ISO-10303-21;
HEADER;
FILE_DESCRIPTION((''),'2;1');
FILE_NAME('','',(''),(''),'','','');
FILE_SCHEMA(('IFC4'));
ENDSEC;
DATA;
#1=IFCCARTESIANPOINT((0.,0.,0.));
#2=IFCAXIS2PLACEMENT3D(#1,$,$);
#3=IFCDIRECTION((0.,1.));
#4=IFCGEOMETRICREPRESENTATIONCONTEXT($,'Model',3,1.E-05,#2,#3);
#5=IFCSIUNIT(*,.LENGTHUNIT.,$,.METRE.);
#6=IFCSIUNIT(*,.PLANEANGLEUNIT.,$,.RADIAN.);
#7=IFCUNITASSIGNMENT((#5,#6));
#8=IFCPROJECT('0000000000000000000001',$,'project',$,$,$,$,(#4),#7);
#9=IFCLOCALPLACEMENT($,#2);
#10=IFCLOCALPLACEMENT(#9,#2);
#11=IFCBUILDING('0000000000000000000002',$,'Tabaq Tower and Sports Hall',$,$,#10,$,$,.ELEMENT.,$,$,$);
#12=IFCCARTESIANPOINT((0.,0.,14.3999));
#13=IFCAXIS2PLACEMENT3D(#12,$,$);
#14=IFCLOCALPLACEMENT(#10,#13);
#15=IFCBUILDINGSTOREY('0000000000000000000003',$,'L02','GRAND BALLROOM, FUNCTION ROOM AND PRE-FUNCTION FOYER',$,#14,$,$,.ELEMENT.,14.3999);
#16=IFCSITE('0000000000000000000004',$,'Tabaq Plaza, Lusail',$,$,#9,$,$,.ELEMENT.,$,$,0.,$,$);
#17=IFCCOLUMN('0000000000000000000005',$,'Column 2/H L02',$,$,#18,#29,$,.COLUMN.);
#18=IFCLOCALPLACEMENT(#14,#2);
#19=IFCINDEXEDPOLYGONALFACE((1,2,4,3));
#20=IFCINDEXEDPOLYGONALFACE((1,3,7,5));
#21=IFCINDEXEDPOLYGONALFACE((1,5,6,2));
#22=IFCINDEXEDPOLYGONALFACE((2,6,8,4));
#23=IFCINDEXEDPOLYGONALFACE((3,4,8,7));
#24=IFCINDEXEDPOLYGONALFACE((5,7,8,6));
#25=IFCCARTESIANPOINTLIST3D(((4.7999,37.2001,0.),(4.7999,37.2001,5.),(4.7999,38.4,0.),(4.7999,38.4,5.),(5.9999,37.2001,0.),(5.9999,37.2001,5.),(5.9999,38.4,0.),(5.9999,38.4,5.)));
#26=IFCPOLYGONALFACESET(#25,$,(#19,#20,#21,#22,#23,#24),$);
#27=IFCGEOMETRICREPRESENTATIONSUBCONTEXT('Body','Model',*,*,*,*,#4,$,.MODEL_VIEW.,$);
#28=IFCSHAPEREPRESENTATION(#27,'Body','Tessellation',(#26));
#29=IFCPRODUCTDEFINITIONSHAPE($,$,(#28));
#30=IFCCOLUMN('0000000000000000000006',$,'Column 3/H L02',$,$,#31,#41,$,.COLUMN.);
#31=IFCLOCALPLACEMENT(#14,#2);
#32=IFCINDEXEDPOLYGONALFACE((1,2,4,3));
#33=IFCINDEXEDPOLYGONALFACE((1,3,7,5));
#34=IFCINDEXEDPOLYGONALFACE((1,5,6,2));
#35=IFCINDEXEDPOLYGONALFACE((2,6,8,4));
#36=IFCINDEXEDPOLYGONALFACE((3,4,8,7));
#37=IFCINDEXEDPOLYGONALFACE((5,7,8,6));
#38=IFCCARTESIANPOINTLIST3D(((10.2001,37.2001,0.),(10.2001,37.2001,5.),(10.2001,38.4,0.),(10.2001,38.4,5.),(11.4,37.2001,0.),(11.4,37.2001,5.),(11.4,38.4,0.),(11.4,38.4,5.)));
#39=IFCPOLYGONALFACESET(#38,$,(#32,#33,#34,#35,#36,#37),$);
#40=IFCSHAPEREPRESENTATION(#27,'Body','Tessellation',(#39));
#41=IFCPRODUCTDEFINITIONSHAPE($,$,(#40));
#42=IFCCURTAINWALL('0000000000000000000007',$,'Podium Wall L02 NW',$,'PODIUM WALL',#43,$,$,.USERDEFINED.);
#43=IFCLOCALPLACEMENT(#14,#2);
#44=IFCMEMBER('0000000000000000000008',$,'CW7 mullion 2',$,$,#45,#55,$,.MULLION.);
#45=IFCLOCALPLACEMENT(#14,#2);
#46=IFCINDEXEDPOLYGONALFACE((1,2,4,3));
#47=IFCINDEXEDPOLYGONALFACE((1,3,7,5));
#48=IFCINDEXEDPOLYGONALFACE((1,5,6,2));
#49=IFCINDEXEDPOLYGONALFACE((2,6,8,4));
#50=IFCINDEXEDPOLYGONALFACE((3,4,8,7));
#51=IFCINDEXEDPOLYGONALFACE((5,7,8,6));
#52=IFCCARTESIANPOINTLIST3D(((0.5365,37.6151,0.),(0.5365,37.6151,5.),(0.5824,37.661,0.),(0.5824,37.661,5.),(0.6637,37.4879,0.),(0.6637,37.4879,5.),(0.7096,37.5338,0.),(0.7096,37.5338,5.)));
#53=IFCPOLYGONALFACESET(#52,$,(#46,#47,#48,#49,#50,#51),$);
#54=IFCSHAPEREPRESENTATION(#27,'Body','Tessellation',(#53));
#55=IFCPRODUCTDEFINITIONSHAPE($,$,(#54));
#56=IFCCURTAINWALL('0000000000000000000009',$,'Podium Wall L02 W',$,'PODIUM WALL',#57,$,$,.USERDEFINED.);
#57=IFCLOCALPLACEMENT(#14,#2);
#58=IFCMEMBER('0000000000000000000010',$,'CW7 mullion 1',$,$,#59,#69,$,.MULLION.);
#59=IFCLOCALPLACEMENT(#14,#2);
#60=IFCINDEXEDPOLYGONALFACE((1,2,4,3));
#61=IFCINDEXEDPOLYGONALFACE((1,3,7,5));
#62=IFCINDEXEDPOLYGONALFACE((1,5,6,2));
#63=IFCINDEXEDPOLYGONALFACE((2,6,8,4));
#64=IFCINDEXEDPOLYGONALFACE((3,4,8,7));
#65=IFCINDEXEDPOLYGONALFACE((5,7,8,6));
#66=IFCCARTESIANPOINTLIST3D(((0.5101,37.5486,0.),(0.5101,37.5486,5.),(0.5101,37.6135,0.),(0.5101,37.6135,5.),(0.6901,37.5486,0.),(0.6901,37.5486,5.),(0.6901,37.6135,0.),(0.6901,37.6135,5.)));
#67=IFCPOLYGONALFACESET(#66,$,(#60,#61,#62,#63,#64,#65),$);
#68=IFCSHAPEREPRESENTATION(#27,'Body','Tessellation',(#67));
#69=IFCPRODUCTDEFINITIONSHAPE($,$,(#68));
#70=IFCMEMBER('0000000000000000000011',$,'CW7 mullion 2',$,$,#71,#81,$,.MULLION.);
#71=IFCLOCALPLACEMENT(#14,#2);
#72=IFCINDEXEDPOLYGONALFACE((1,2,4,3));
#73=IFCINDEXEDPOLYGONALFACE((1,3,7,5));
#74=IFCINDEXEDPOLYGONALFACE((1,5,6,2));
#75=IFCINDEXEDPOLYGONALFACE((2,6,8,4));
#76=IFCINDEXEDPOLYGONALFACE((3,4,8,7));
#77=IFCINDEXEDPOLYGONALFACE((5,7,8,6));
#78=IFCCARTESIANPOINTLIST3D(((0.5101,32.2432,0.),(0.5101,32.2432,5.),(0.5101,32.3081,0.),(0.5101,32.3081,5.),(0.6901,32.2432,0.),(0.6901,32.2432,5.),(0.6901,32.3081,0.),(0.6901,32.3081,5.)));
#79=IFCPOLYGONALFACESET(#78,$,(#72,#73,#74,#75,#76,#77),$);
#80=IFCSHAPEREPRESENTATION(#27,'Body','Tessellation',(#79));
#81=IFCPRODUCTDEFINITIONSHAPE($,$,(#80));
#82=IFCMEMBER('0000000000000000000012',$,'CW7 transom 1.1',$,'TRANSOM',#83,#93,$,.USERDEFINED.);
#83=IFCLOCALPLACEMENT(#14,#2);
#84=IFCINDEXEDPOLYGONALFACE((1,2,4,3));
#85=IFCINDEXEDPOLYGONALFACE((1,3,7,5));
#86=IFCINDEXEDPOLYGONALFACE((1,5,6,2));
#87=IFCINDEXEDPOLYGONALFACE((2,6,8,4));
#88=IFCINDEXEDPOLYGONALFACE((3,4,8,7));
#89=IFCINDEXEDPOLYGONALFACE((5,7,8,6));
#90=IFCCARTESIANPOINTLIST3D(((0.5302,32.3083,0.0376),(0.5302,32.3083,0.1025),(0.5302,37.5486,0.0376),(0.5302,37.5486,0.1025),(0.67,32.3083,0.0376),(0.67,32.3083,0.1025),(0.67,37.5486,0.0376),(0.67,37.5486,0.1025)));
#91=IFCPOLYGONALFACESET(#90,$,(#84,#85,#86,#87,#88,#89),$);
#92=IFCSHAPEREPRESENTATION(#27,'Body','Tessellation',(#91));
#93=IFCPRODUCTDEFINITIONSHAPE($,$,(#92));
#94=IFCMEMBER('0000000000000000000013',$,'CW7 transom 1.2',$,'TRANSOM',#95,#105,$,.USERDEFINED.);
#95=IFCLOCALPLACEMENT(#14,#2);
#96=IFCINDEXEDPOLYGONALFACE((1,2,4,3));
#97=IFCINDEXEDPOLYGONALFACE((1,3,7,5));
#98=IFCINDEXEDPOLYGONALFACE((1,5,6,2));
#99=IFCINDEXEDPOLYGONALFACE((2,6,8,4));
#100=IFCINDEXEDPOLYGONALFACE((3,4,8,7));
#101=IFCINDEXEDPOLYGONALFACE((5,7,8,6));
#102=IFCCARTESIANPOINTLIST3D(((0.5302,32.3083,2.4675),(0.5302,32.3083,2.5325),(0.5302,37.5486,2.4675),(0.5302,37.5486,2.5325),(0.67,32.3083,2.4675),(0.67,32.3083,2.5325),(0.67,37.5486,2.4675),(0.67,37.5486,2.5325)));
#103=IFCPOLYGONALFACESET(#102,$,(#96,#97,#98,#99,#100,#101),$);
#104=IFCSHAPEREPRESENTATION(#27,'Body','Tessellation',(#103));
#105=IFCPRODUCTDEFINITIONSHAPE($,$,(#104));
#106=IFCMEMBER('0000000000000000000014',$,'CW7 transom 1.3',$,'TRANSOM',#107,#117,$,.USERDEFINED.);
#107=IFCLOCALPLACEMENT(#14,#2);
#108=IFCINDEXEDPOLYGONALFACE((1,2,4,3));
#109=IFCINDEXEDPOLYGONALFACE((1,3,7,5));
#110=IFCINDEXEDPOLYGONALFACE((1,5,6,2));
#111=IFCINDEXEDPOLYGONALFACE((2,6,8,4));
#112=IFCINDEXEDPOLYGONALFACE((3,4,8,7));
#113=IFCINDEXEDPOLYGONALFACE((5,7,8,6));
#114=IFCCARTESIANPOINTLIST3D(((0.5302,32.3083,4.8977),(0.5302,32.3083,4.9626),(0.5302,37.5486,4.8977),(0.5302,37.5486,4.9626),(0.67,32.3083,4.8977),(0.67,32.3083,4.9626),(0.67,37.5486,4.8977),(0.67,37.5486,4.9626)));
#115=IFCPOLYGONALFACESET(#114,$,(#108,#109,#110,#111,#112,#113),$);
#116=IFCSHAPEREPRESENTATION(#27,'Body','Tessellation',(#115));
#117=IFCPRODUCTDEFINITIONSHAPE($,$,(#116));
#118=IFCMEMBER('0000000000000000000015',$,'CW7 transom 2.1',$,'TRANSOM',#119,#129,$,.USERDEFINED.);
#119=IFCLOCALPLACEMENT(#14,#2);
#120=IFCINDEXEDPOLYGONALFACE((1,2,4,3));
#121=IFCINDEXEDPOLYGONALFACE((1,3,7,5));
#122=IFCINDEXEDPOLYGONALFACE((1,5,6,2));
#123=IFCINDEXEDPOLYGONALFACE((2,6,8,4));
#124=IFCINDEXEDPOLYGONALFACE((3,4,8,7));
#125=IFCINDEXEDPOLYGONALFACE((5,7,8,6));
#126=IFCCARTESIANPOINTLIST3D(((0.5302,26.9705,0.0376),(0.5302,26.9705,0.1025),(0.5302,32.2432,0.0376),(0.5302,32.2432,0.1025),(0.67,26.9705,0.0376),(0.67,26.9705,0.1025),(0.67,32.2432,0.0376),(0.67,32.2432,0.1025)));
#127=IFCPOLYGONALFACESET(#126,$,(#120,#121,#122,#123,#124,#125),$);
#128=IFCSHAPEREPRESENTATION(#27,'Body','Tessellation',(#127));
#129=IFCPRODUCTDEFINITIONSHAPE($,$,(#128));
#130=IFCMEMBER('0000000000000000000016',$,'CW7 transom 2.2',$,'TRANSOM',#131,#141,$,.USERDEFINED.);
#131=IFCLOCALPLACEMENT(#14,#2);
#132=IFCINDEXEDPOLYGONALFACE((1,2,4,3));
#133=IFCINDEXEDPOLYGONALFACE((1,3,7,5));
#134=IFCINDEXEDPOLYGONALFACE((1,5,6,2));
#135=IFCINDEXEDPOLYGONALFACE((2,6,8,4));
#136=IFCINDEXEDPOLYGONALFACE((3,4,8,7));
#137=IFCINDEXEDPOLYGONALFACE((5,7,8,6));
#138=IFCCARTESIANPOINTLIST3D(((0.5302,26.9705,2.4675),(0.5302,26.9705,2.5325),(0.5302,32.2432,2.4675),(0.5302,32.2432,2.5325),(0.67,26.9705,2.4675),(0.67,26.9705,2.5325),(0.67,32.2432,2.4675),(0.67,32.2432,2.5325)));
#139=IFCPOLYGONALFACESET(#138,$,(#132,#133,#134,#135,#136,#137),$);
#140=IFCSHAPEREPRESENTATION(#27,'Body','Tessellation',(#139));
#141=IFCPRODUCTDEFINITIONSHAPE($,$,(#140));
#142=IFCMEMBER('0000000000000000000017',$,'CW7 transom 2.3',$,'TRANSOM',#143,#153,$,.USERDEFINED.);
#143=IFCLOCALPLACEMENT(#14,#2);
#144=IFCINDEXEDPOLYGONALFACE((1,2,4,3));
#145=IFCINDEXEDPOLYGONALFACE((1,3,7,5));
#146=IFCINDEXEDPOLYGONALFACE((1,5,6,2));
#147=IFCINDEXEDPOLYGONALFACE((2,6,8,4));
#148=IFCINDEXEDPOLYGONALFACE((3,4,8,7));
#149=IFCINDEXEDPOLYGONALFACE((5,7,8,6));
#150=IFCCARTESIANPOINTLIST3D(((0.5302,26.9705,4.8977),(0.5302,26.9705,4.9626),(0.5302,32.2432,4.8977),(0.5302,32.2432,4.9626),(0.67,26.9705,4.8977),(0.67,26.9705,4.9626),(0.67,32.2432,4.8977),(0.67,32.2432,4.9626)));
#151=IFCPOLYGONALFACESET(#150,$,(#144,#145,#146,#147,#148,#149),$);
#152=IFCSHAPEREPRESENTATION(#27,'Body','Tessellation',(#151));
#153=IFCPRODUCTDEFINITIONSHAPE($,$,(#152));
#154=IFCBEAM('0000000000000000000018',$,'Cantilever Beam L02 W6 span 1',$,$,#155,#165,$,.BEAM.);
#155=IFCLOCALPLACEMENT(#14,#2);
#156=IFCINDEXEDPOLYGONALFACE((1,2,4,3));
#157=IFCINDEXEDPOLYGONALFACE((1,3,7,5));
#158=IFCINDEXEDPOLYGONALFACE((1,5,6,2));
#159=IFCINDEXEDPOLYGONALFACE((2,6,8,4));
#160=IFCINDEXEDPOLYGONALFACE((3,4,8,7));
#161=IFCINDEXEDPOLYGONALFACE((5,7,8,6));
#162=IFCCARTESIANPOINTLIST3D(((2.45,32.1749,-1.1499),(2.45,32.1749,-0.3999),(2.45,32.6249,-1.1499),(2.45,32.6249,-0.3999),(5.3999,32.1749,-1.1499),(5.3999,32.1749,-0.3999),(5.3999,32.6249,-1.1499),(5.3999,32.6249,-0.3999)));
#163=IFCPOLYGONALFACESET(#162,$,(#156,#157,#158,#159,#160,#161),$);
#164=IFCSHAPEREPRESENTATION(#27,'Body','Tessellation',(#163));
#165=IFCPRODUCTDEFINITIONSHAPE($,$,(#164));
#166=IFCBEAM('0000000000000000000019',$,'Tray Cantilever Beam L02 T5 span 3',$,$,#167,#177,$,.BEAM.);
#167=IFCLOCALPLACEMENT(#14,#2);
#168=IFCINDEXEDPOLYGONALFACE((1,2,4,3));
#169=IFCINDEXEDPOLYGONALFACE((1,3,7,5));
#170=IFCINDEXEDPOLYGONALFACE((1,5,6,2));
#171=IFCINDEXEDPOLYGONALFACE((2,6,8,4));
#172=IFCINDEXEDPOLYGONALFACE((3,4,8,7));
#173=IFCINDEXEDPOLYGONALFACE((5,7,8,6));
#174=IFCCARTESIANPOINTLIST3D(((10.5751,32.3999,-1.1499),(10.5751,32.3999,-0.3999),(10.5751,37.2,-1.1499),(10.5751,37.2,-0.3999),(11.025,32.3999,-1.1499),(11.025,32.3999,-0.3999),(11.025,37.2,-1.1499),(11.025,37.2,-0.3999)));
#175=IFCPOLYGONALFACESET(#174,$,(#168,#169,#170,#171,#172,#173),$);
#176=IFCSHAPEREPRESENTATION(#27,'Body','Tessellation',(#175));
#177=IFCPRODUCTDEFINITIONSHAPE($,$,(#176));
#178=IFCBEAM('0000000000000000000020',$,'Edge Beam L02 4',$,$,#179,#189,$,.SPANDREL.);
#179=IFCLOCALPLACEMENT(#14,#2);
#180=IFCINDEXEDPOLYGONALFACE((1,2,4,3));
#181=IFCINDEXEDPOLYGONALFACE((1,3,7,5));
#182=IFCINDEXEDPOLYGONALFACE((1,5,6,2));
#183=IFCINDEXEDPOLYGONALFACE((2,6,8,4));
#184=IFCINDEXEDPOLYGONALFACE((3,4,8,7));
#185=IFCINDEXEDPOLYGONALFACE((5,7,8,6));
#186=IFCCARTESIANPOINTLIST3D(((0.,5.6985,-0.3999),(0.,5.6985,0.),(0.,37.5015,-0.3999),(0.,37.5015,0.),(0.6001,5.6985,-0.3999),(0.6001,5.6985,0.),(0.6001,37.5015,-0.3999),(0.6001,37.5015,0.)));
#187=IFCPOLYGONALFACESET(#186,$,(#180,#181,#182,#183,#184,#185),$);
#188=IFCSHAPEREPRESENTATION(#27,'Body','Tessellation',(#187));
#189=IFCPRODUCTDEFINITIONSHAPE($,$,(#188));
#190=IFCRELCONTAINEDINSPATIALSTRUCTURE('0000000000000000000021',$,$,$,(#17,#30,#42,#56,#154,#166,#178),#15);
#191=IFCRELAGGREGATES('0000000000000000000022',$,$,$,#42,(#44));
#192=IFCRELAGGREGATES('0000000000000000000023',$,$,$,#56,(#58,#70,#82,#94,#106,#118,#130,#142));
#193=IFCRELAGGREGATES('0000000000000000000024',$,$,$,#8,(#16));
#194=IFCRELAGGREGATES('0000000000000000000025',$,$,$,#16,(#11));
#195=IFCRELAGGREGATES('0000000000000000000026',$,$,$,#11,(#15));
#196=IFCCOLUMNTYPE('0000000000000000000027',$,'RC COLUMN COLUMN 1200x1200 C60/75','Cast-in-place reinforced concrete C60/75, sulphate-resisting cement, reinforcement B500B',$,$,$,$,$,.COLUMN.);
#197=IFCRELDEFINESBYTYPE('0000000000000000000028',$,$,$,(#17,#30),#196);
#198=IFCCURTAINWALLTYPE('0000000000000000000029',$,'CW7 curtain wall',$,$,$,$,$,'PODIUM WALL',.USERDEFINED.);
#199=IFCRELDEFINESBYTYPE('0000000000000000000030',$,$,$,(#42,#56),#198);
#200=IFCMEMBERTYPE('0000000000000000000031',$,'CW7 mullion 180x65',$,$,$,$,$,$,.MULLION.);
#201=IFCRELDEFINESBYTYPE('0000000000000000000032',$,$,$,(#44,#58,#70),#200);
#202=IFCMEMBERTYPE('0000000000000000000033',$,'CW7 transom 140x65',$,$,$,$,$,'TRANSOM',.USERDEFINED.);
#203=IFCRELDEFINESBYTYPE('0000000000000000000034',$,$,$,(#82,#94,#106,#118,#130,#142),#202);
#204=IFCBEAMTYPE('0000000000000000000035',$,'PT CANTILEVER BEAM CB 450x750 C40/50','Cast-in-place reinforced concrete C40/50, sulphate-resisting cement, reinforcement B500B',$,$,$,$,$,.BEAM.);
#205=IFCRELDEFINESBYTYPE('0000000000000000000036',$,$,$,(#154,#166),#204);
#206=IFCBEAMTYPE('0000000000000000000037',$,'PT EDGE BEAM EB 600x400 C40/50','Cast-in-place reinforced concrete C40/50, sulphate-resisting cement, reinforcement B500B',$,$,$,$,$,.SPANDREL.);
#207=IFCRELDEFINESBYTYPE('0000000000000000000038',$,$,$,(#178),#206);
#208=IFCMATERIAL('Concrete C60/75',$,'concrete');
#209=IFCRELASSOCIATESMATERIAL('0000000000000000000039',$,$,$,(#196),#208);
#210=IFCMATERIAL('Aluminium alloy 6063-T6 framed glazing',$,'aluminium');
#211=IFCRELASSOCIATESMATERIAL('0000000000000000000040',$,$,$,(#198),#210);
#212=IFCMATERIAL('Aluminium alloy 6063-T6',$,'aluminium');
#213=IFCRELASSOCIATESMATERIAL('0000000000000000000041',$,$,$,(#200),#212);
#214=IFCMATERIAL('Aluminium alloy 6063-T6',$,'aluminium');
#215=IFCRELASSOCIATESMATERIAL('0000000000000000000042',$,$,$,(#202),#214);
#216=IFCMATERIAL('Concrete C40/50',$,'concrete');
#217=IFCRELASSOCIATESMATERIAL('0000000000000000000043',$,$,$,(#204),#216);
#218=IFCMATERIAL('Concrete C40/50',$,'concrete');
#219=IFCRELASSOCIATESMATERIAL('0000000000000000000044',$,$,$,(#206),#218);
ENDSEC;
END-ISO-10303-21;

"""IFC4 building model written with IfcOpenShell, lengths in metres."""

from ifc_helpers import new_model, si_unit, direction, frame, origin, origin_2d, place, context, subcontext, project, spatial, rectangle, extrude, material, material_profile, profile_set, type_object, element, aggregate, save


model = new_model("IFC4")

# Units and contexts
model_context = context("Model", 3, precision=1e-05, world=origin(), true_north=direction((0.0, 1.0)))
body_context = subcontext(model_context, "Body", "Model", "MODEL_VIEW")
ifc_project = project(units=[si_unit("LENGTHUNIT", "METRE"), si_unit("PLANEANGLEUNIT", "RADIAN")], contexts=[model_context])

# Site, building, storey
site_placement = place(None, origin())
site = spatial("IfcSite", under=ifc_project, at=site_placement, Name="Tabaq Plaza, Lusail", CompositionType="ELEMENT", RefElevation=0.0)
building_placement = place(site_placement, origin())
building = spatial("IfcBuilding", under=site, at=building_placement, Name="Tabaq Tower and Sports Hall", CompositionType="ELEMENT")
storey_placement = place(building_placement, frame((0.0, 0.0, 14.3999)))
storey = spatial("IfcBuildingStorey", under=building, at=storey_placement, Name="L02", Description="GRAND BALLROOM, FUNCTION ROOM AND PRE-FUNCTION FOYER", CompositionType="ELEMENT", Elevation=14.3999)

# Columns
ifc_material_1 = material(Name="Concrete C60/75", Category="concrete")
ifc_material_profile_1 = material_profile(ifc_material_1, rectangle(XDim=1.2, YDim=1.2, at=origin_2d()), Name="COLUMN 1200x1200")
ifc_profile_set_1 = profile_set([ifc_material_profile_1], Name="Concrete C60/75")
column_type = type_object("IfcColumnType", Name="RC COLUMN COLUMN 1200x1200 C60/75", Description="Cast-in-place reinforced concrete C60/75, sulphate-resisting cement, reinforcement B500B", PredefinedType="COLUMN", material=ifc_profile_set_1)
for number, where, z_axis, x_axis, name in (
    (1, (5.3999, 37.8, 0.0), (0.0, 0.0, 1.0), (1.0, 0.0, 0.0), "Column 2/H L02"),
    (2, (10.8, 37.8, 0.0), (0.0, 0.0, 1.0), (1.0, 0.0, 0.0), "Column 3/H L02"),
):
    element("IfcColumn", number, at=place(storey_placement, frame(where, z_axis=z_axis, x_axis=x_axis)), inside=storey, type_object=column_type, Name=name, PredefinedType="COLUMN", context=body_context, shape_type="SweptSolid", body=[
        extrude(rectangle(XDim=1.2, YDim=1.2, at=origin_2d()), origin(), (0.0, 0.0, 1.0), 5.0),
    ])

# Curtain wall, member
ifc_material_2 = material(Name="Aluminium alloy 6063-T6 framed glazing", Category="aluminium")
curtain_wall_type = type_object("IfcCurtainWallType", Name="CW7 curtain wall", ElementType="PODIUM WALL", PredefinedType="USERDEFINED", material=ifc_material_2)
curtain_wall_1_placement = place(storey_placement, origin())
curtain_wall_1 = element("IfcCurtainWall", 3, at=curtain_wall_1_placement, inside=storey, type_object=curtain_wall_type, Name="Podium Wall L02 NW", ObjectType="PODIUM WALL", PredefinedType="USERDEFINED")
ifc_material_3 = material(Name="Aluminium alloy 6063-T6", Category="aluminium")
ifc_material_profile_2 = material_profile(ifc_material_3, rectangle(XDim=0.1799, YDim=0.0649, at=origin_2d()), Name="MULLION 180x65")
ifc_profile_set_2 = profile_set([ifc_material_profile_2], Name="Aluminium alloy 6063-T6")
member_type_1 = type_object("IfcMemberType", Name="CW7 mullion 180x65", PredefinedType="MULLION", material=ifc_profile_set_2)
member_1_placement = place(storey_placement, frame((0.623, 37.5745, 0.0), z_axis=(0.0, 0.0, 1.0), x_axis=(0.707107, -0.707107, 0.0)))
member_1 = element("IfcMember", 4, at=member_1_placement, type_object=member_type_1, Name="CW7 mullion 2", PredefinedType="MULLION", context=body_context, shape_type="SweptSolid", body=[
    extrude(rectangle(XDim=0.1799, YDim=0.0649, at=origin_2d()), origin(), (0.0, 0.0, 1.0), 5.0),
])
aggregate(curtain_wall_1, [member_1])

# Curtain wall, members
curtain_wall_2_placement = place(storey_placement, origin())
curtain_wall_2 = element("IfcCurtainWall", 5, at=curtain_wall_2_placement, inside=storey, type_object=curtain_wall_type, Name="Podium Wall L02 W", ObjectType="PODIUM WALL", PredefinedType="USERDEFINED")
member_2_placement = place(storey_placement, frame((0.6001, 37.5811, 0.0), z_axis=(0.0, 0.0, 1.0), x_axis=(1.0, 0.0, 0.0)))
member_2 = element("IfcMember", 6, at=member_2_placement, type_object=member_type_1, Name="CW7 mullion 1", PredefinedType="MULLION", context=body_context, shape_type="SweptSolid", body=[
    extrude(rectangle(XDim=0.1799, YDim=0.0649, at=origin_2d()), origin(), (0.0, 0.0, 1.0), 5.0),
])
member_3_placement = place(storey_placement, frame((0.6001, 32.2756, 0.0), z_axis=(0.0, 0.0, 1.0), x_axis=(1.0, 0.0, 0.0)))
member_3 = element("IfcMember", 7, at=member_3_placement, type_object=member_type_1, Name="CW7 mullion 2", PredefinedType="MULLION", context=body_context, shape_type="SweptSolid", body=[
    extrude(rectangle(XDim=0.1799, YDim=0.0649, at=origin_2d()), origin(), (0.0, 0.0, 1.0), 5.0),
])
ifc_material_4 = material(Name="Aluminium alloy 6063-T6", Category="aluminium")
ifc_material_profile_3 = material_profile(ifc_material_4, rectangle(XDim=0.1399, YDim=0.0649, at=origin_2d()), Name="TRANSOM 140x65")
ifc_profile_set_3 = profile_set([ifc_material_profile_3], Name="Aluminium alloy 6063-T6")
member_type_2 = type_object("IfcMemberType", Name="CW7 transom 140x65", ElementType="TRANSOM", PredefinedType="USERDEFINED", material=ifc_profile_set_3)
member_4_placement = place(storey_placement, frame((0.6001, 37.5486, 0.0701), z_axis=(0.0, -1.0, 0.0), x_axis=(1.0, 0.0, 0.0)))
member_4 = element("IfcMember", 8, at=member_4_placement, type_object=member_type_2, Name="CW7 transom 1.1", ObjectType="TRANSOM", PredefinedType="USERDEFINED", context=body_context, shape_type="SweptSolid", body=[
    extrude(rectangle(XDim=0.1399, YDim=0.0649, at=origin_2d()), origin(), (0.0, 0.0, 1.0), 5.2402),
])
member_5_placement = place(storey_placement, frame((0.6001, 37.5486, 2.5), z_axis=(0.0, -1.0, 0.0), x_axis=(1.0, 0.0, 0.0)))
member_5 = element("IfcMember", 9, at=member_5_placement, type_object=member_type_2, Name="CW7 transom 1.2", ObjectType="TRANSOM", PredefinedType="USERDEFINED", context=body_context, shape_type="SweptSolid", body=[
    extrude(rectangle(XDim=0.1399, YDim=0.0649, at=origin_2d()), origin(), (0.0, 0.0, 1.0), 5.2402),
])
member_6_placement = place(storey_placement, frame((0.6001, 37.5486, 4.9302), z_axis=(0.0, -1.0, 0.0), x_axis=(1.0, 0.0, 0.0)))
member_6 = element("IfcMember", 10, at=member_6_placement, type_object=member_type_2, Name="CW7 transom 1.3", ObjectType="TRANSOM", PredefinedType="USERDEFINED", context=body_context, shape_type="SweptSolid", body=[
    extrude(rectangle(XDim=0.1399, YDim=0.0649, at=origin_2d()), origin(), (0.0, 0.0, 1.0), 5.2402),
])
member_7_placement = place(storey_placement, frame((0.6001, 32.2432, 0.0701), z_axis=(0.0, -1.0, 0.0), x_axis=(1.0, 0.0, 0.0)))
member_7 = element("IfcMember", 11, at=member_7_placement, type_object=member_type_2, Name="CW7 transom 2.1", ObjectType="TRANSOM", PredefinedType="USERDEFINED", context=body_context, shape_type="SweptSolid", body=[
    extrude(rectangle(XDim=0.1399, YDim=0.0649, at=origin_2d()), origin(), (0.0, 0.0, 1.0), 5.2727),
])
member_8_placement = place(storey_placement, frame((0.6001, 32.2432, 2.5), z_axis=(0.0, -1.0, 0.0), x_axis=(1.0, 0.0, 0.0)))
member_8 = element("IfcMember", 12, at=member_8_placement, type_object=member_type_2, Name="CW7 transom 2.2", ObjectType="TRANSOM", PredefinedType="USERDEFINED", context=body_context, shape_type="SweptSolid", body=[
    extrude(rectangle(XDim=0.1399, YDim=0.0649, at=origin_2d()), origin(), (0.0, 0.0, 1.0), 5.2727),
])
member_9_placement = place(storey_placement, frame((0.6001, 32.2432, 4.9302), z_axis=(0.0, -1.0, 0.0), x_axis=(1.0, 0.0, 0.0)))
member_9 = element("IfcMember", 13, at=member_9_placement, type_object=member_type_2, Name="CW7 transom 2.3", ObjectType="TRANSOM", PredefinedType="USERDEFINED", context=body_context, shape_type="SweptSolid", body=[
    extrude(rectangle(XDim=0.1399, YDim=0.0649, at=origin_2d()), origin(), (0.0, 0.0, 1.0), 5.2727),
])

# Beams
ifc_material_5 = material(Name="Concrete C40/50", Category="concrete")
ifc_material_profile_4 = material_profile(ifc_material_5, rectangle(XDim=0.45, YDim=0.75, at=origin_2d()), Name="CB 450x750")
ifc_profile_set_4 = profile_set([ifc_material_profile_4], Name="Concrete C40/50")
beam_type_1 = type_object("IfcBeamType", Name="PT CANTILEVER BEAM CB 450x750 C40/50", Description="Cast-in-place reinforced concrete C40/50, sulphate-resisting cement, reinforcement B500B", PredefinedType="BEAM", material=ifc_profile_set_4)
beam_1_placement = place(storey_placement, frame((2.45, 32.3999, -0.7749), z_axis=(1.0, 0.0, 0.0), x_axis=(0.0, 1.0, 0.0)))
element("IfcBeam", 14, at=beam_1_placement, inside=storey, type_object=beam_type_1, Name="Cantilever Beam L02 W6 span 1", PredefinedType="BEAM", context=body_context, shape_type="SweptSolid", body=[
    extrude(rectangle(XDim=0.45, YDim=0.75, at=origin_2d()), origin(), (0.0, 0.0, 1.0), 2.95),
])
beam_2_placement = place(storey_placement, frame((10.8, 37.2, -0.7749), z_axis=(0.0, -1.0, 0.0), x_axis=(1.0, 0.0, 0.0)))
element("IfcBeam", 15, at=beam_2_placement, inside=storey, type_object=beam_type_1, Name="Tray Cantilever Beam L02 T5 span 3", PredefinedType="BEAM", context=body_context, shape_type="SweptSolid", body=[
    extrude(rectangle(XDim=0.45, YDim=0.75, at=origin_2d()), origin(), (0.0, 0.0, 1.0), 4.8),
])
ifc_material_6 = material(Name="Concrete C40/50", Category="concrete")
ifc_material_profile_5 = material_profile(ifc_material_6, rectangle(XDim=0.6001, YDim=0.3999, at=origin_2d()), Name="EB 600x400")
ifc_profile_set_5 = profile_set([ifc_material_profile_5], Name="Concrete C40/50")
beam_type_2 = type_object("IfcBeamType", Name="PT EDGE BEAM EB 600x400 C40/50", Description="Cast-in-place reinforced concrete C40/50, sulphate-resisting cement, reinforcement B500B", PredefinedType="SPANDREL", material=ifc_profile_set_5)
beam_3_placement = place(storey_placement, frame((0.3, 37.5015, -0.2), z_axis=(0.0, -1.0, 0.0), x_axis=(1.0, 0.0, 0.0)))
element("IfcBeam", 16, at=beam_3_placement, inside=storey, type_object=beam_type_2, Name="Edge Beam L02 4", PredefinedType="SPANDREL", context=body_context, shape_type="SweptSolid", body=[
    extrude(rectangle(XDim=0.6001, YDim=0.3999, at=origin_2d()), origin(), (0.0, 0.0, 1.0), 31.803),
])

aggregate(curtain_wall_2, [member_2, member_3, member_4, member_5, member_6, member_7, member_8, member_9])

save(model, "model.ifc")
